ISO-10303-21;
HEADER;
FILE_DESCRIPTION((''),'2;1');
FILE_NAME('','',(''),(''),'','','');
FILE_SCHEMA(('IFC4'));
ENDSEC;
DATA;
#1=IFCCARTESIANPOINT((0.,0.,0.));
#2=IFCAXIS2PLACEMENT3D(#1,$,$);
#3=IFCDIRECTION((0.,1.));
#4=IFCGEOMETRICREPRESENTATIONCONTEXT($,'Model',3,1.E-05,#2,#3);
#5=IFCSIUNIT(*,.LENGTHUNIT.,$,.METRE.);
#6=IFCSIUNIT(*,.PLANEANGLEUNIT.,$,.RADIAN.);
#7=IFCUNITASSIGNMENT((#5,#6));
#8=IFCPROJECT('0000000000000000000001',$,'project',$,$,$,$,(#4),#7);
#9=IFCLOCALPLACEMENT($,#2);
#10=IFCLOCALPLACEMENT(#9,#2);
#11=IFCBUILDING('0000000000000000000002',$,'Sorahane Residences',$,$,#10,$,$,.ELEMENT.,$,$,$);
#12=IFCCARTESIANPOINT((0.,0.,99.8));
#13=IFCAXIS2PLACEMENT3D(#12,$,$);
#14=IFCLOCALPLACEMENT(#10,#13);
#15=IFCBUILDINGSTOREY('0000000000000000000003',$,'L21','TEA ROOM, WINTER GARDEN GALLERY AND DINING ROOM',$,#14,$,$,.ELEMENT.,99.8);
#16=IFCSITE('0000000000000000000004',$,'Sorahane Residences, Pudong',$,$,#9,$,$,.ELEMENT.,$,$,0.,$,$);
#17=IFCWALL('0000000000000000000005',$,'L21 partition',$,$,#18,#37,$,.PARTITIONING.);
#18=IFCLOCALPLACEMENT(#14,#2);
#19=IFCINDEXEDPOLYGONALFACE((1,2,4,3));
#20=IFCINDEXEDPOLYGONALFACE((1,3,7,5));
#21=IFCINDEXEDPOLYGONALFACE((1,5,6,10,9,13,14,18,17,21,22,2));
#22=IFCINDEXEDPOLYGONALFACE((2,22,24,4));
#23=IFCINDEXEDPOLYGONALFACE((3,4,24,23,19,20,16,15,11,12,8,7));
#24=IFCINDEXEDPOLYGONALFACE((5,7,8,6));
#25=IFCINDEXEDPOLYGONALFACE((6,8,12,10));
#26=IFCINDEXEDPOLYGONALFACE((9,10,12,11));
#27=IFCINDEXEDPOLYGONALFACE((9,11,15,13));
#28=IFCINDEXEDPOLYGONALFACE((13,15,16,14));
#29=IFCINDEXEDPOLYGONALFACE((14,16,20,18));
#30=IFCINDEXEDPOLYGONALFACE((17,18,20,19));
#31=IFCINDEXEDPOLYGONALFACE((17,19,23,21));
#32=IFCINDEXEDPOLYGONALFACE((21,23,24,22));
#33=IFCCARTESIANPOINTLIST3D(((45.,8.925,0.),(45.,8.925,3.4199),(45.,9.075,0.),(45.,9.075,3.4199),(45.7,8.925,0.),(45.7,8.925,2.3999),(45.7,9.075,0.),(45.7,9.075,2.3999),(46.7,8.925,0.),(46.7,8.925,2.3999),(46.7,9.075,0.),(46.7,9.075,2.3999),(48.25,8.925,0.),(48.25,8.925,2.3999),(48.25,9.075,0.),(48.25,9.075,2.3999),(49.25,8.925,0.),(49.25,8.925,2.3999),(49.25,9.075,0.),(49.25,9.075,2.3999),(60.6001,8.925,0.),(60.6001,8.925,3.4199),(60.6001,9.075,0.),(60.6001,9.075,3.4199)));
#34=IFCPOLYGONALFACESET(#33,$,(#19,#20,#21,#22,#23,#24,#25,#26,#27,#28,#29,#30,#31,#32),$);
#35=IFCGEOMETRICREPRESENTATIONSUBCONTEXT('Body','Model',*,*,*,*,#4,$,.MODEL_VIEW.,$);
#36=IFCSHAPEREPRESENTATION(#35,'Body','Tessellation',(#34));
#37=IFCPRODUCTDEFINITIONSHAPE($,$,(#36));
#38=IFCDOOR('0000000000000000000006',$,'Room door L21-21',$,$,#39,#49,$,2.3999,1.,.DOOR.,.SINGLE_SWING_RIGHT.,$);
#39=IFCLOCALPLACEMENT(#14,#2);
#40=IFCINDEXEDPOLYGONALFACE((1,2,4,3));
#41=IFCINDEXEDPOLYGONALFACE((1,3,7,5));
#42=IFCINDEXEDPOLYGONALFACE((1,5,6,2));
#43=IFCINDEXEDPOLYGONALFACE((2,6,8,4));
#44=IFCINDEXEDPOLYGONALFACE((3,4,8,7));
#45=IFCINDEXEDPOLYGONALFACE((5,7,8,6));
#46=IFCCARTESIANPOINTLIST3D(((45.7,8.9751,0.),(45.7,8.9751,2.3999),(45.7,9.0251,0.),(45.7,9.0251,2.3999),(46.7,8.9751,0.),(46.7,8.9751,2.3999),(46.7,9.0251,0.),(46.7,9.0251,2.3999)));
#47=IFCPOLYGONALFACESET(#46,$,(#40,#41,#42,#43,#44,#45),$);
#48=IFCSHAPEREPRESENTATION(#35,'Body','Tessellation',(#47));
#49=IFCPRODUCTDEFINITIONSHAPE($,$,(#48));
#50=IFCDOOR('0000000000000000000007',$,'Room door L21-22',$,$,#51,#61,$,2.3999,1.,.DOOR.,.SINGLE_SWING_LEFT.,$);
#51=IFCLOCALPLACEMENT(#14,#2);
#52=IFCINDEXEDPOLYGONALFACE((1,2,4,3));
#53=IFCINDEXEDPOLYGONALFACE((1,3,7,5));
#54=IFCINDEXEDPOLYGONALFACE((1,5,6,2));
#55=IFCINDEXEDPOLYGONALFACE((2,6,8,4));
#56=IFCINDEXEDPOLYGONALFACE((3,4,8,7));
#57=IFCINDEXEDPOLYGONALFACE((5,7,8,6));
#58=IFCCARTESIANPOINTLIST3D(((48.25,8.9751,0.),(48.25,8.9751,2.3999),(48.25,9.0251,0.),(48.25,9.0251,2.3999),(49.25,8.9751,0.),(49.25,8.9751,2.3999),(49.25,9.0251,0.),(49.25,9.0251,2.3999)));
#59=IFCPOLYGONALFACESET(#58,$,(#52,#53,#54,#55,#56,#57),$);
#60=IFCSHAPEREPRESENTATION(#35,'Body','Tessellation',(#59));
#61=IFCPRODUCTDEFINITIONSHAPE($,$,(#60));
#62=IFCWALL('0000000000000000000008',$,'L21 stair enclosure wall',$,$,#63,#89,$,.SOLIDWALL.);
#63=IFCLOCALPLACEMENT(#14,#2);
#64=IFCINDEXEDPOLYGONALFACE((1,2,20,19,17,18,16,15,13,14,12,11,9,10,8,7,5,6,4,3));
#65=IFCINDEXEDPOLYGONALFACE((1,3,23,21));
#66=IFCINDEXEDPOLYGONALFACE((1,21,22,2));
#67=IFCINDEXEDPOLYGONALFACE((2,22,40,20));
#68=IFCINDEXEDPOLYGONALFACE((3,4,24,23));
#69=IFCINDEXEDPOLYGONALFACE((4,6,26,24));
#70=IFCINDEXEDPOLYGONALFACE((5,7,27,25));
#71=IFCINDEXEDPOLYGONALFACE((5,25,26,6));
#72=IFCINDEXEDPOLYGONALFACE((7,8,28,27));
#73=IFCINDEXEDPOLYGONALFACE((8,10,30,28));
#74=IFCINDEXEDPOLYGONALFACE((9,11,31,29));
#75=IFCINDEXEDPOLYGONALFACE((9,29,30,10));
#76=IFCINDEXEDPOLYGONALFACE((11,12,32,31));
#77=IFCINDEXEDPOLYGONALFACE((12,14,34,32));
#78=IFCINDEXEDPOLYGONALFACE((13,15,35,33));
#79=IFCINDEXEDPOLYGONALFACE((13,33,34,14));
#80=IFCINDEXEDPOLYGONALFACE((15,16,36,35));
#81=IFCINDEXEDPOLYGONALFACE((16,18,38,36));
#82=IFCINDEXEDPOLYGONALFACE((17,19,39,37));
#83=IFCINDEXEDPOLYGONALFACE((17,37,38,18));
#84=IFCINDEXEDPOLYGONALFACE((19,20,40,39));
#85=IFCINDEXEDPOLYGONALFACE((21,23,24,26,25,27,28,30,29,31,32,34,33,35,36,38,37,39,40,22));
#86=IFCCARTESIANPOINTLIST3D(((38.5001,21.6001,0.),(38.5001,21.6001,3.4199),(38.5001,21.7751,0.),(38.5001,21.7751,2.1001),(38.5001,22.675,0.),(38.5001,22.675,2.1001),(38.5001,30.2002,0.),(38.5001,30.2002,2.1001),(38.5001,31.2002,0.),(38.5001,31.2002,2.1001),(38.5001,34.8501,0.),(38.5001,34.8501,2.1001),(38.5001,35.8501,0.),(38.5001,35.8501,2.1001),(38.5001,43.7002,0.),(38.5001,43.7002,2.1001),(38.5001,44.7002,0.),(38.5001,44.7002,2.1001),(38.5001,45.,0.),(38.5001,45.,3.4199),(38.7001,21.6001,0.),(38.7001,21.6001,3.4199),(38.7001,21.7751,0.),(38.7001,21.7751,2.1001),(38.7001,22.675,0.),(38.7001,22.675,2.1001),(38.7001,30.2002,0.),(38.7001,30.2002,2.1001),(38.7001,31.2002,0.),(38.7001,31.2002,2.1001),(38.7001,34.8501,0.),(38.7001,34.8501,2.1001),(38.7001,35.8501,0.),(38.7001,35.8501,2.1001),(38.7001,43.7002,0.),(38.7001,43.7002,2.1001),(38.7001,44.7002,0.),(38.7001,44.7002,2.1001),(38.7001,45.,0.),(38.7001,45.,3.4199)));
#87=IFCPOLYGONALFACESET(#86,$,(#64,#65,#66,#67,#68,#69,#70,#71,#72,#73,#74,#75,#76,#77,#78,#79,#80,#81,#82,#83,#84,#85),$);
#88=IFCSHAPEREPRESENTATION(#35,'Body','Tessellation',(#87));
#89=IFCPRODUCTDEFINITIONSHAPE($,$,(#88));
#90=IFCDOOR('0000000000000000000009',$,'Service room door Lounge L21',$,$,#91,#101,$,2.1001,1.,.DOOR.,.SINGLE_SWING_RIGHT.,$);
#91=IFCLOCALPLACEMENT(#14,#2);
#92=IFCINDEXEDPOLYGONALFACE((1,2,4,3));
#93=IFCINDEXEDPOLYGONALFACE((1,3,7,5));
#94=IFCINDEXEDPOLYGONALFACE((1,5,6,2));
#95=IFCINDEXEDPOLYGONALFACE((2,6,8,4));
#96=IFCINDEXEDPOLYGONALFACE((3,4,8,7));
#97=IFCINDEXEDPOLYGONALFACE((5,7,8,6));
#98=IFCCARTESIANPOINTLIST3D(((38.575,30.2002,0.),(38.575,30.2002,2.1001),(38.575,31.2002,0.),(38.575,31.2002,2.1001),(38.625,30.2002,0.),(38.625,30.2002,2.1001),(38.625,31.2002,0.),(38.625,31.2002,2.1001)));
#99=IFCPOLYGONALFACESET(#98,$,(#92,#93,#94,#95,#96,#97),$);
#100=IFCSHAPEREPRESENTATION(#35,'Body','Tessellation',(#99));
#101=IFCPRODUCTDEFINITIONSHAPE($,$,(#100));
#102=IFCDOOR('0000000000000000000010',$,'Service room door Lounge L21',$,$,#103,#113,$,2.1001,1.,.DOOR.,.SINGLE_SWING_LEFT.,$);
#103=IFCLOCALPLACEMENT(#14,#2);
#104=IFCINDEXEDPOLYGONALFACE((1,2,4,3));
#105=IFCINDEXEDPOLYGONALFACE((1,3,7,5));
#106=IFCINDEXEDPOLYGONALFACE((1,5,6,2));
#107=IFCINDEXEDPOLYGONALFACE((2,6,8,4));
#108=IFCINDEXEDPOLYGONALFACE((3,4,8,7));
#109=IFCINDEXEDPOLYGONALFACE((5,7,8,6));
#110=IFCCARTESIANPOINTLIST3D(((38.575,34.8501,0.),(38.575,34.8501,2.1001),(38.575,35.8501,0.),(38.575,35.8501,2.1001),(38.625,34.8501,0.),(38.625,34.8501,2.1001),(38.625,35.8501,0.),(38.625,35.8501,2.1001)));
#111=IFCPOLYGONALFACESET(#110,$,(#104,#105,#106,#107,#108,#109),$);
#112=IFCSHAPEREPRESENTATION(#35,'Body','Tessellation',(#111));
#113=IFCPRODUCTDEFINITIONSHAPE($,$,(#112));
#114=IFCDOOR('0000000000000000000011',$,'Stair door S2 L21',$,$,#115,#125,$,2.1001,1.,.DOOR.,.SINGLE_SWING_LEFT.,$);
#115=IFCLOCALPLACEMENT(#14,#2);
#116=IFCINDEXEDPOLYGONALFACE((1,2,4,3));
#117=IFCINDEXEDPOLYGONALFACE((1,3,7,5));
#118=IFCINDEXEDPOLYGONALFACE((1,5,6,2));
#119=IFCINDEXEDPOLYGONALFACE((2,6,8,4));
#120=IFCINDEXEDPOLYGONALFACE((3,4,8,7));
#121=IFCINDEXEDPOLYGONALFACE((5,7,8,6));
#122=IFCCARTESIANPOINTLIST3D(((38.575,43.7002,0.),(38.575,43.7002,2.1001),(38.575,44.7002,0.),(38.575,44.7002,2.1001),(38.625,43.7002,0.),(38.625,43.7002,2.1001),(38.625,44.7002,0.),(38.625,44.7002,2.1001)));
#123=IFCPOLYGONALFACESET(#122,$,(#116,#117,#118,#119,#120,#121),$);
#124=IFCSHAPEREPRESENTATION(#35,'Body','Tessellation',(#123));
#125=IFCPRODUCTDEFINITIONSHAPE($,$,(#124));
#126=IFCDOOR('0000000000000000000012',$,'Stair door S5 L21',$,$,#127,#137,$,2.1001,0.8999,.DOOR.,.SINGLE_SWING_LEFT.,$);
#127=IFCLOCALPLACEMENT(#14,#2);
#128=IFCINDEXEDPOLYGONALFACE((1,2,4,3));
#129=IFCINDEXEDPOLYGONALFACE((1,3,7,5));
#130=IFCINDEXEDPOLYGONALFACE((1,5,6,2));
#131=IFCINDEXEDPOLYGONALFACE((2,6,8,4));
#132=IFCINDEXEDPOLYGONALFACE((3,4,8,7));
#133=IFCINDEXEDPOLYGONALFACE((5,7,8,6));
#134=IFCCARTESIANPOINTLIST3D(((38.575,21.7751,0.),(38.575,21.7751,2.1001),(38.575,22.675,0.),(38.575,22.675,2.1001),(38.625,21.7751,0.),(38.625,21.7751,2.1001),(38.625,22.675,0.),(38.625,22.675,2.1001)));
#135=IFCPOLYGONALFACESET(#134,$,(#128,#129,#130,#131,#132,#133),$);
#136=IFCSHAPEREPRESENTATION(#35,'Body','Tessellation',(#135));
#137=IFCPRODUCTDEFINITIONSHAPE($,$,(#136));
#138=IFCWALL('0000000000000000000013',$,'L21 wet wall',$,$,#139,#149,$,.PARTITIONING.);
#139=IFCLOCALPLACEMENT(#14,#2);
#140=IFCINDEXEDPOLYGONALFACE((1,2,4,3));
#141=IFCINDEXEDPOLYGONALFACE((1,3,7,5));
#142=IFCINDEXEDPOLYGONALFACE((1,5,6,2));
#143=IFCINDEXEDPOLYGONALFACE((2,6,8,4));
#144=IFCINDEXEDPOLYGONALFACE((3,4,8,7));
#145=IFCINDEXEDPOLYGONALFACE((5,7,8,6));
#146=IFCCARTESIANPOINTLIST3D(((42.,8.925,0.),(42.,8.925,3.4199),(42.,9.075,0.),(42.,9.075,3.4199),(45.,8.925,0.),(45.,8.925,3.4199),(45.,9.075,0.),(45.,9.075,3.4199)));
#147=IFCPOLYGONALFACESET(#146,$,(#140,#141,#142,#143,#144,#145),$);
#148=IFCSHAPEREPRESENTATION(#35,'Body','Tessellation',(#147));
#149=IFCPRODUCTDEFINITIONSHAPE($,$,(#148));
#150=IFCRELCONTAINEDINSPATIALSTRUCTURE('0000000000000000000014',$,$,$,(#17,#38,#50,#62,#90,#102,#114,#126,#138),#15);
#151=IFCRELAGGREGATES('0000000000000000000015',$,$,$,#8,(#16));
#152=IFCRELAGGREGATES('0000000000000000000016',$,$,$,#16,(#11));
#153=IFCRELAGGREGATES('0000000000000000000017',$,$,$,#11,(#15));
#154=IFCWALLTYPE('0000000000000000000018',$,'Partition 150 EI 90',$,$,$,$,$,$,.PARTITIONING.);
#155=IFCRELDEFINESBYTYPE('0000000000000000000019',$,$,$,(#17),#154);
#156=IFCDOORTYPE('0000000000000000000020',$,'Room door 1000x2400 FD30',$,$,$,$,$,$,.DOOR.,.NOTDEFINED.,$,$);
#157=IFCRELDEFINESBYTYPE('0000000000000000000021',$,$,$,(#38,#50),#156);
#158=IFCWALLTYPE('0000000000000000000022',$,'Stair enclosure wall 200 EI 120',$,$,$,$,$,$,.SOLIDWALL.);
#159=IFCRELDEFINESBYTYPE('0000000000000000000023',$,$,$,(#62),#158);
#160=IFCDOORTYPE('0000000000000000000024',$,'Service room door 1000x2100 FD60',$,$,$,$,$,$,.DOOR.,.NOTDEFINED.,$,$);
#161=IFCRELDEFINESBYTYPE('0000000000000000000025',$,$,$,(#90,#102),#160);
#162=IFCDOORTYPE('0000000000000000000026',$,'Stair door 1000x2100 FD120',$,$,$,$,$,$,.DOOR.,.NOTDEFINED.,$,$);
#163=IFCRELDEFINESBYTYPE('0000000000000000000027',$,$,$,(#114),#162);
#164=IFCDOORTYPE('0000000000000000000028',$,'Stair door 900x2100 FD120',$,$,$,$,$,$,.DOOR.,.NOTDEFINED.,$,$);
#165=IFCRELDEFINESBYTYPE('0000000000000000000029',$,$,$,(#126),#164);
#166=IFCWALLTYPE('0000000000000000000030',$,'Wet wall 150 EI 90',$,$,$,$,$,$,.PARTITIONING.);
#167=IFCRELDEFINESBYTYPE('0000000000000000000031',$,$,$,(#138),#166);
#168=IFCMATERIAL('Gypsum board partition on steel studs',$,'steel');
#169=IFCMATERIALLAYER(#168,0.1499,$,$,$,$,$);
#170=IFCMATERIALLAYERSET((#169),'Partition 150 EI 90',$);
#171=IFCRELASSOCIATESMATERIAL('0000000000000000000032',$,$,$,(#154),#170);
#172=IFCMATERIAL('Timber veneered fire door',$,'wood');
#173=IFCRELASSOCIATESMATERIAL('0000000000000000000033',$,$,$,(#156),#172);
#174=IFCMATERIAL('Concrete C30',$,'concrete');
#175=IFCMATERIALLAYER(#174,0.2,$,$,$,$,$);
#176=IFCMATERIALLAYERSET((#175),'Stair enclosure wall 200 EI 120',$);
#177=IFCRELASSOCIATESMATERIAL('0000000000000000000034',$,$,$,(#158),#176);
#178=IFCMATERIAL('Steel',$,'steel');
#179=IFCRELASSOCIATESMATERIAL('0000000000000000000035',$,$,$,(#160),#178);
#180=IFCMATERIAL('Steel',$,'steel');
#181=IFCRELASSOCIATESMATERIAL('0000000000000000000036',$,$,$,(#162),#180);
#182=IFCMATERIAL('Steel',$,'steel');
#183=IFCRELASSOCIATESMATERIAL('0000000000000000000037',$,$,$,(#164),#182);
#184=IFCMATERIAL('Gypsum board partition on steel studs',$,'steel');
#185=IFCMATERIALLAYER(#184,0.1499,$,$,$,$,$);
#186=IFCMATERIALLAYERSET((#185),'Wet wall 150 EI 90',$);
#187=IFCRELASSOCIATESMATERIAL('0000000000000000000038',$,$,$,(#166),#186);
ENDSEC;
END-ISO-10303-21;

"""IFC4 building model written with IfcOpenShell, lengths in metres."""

from ifc_helpers import new_model, si_unit, direction, frame, frame_2d, origin, place, context, subcontext, project, spatial, rectangle, extrude, material, layer, layer_set, type_object, element, fill, save


model = new_model("IFC4")

# Units and contexts
model_context = context("Model", 3, precision=1e-05, world=origin(), true_north=direction((0.0, 1.0)))
body_context = subcontext(model_context, "Body", "Model", "MODEL_VIEW")
ifc_project = project(units=[si_unit("LENGTHUNIT", "METRE"), si_unit("PLANEANGLEUNIT", "RADIAN")], contexts=[model_context])

# Site, building, storey
site_placement = place(None, origin())
site = spatial("IfcSite", under=ifc_project, at=site_placement, Name="Sorahane Residences, Pudong", CompositionType="ELEMENT", RefElevation=0.0)
building_placement = place(site_placement, origin())
building = spatial("IfcBuilding", under=site, at=building_placement, Name="Sorahane Residences", CompositionType="ELEMENT")
storey_placement = place(building_placement, frame((0.0, 0.0, 99.8)))
storey = spatial("IfcBuildingStorey", under=building, at=storey_placement, Name="L21", Description="TEA ROOM, WINTER GARDEN GALLERY AND DINING ROOM", CompositionType="ELEMENT", Elevation=99.8)

# Shared definitions
ifc_material_1 = material(Name="Gypsum board partition on steel studs", Category="steel")
ifc_layer_1 = layer(ifc_material_1, 0.1499)
ifc_layer_set_1 = layer_set([ifc_layer_1], Name="Partition 150 EI 90")
wall_type_1 = type_object("IfcWallType", Name="Partition 150 EI 90", PredefinedType="PARTITIONING", material=ifc_layer_set_1)

# Walls, openings, doors
wall_1_placement = place(storey_placement, frame((45.0, 9.0, 0.0), z_axis=(0.0, 0.0, 1.0), x_axis=(1.0, 0.0, 0.0)))
wall_1 = element("IfcWall", 1, at=wall_1_placement, inside=storey, type_object=wall_type_1, Name="L21 partition", PredefinedType="PARTITIONING", context=body_context, shape_type="SweptSolid", body=[
    extrude(rectangle(XDim=15.6001, YDim=0.1499, at=frame_2d((7.8, 0.0))), origin(), (0.0, 0.0, 1.0), 3.4199),
])
opening_1_placement = place(wall_1_placement, frame((0.7, 0.0, 0.0)))
opening_1 = element("IfcOpeningElement", 2, at=opening_1_placement, cuts=wall_1, PredefinedType="OPENING", context=body_context, shape_type="SweptSolid", body=[
    extrude(rectangle(XDim=1.0, YDim=2.3999, at=frame_2d((0.5, 1.2))), frame((0.0, 0.085, 0.0), z_axis=(0.0, -1.0, 0.0), x_axis=(1.0, 0.0, 0.0)), (0.0, 0.0, 1.0), 0.1699),
])
opening_2_placement = place(wall_1_placement, frame((3.25, 0.0, 0.0)))
opening_2 = element("IfcOpeningElement", 3, at=opening_2_placement, cuts=wall_1, PredefinedType="OPENING", context=body_context, shape_type="SweptSolid", body=[
    extrude(rectangle(XDim=1.0, YDim=2.3999, at=frame_2d((0.5, 1.2))), frame((0.0, 0.085, 0.0), z_axis=(0.0, -1.0, 0.0), x_axis=(1.0, 0.0, 0.0)), (0.0, 0.0, 1.0), 0.1699),
])
ifc_material_2 = material(Name="Timber veneered fire door", Category="wood")
door_type_1 = type_object("IfcDoorType", Name="Room door 1000x2400 FD30", OperationType="NOTDEFINED", PredefinedType="DOOR", material=ifc_material_2)
door_1_placement = place(opening_1_placement, frame((1.0, 0.0, 0.0), z_axis=(0.0, 0.0, 1.0), x_axis=(-1.0, 0.0, 0.0)))
door_1 = element("IfcDoor", 4, at=door_1_placement, inside=storey, type_object=door_type_1, Name="Room door L21-21", OperationType="SINGLE_SWING_RIGHT", OverallHeight=2.3999, OverallWidth=1.0, PredefinedType="DOOR", context=body_context, shape_type="SweptSolid", body=[
    extrude(rectangle(XDim=1.0, YDim=2.3999, at=frame_2d((0.5, 1.2))), frame((0.0, 0.0249, 0.0), z_axis=(0.0, -1.0, 0.0), x_axis=(1.0, 0.0, 0.0)), (0.0, 0.0, 1.0), 0.05),
])
fill(opening_1, door_1)
door_2_placement = place(opening_2_placement, frame((1.0, 0.0, 0.0), z_axis=(0.0, 0.0, 1.0), x_axis=(-1.0, 0.0, 0.0)))
door_2 = element("IfcDoor", 5, at=door_2_placement, inside=storey, type_object=door_type_1, Name="Room door L21-22", OperationType="SINGLE_SWING_LEFT", OverallHeight=2.3999, OverallWidth=1.0, PredefinedType="DOOR", context=body_context, shape_type="SweptSolid", body=[
    extrude(rectangle(XDim=1.0, YDim=2.3999, at=frame_2d((0.5, 1.2))), frame((0.0, 0.0249, 0.0), z_axis=(0.0, -1.0, 0.0), x_axis=(1.0, 0.0, 0.0)), (0.0, 0.0, 1.0), 0.05),
])
fill(opening_2, door_2)
ifc_material_3 = material(Name="Concrete C30", Category="concrete")
ifc_layer_2 = layer(ifc_material_3, 0.2)
ifc_layer_set_2 = layer_set([ifc_layer_2], Name="Stair enclosure wall 200 EI 120")
wall_type_2 = type_object("IfcWallType", Name="Stair enclosure wall 200 EI 120", PredefinedType="SOLIDWALL", material=ifc_layer_set_2)
wall_2_placement = place(storey_placement, frame((38.6001, 21.6001, 0.0), z_axis=(0.0, 0.0, 1.0), x_axis=(0.0, 1.0, 0.0)))
wall_2 = element("IfcWall", 6, at=wall_2_placement, inside=storey, type_object=wall_type_2, Name="L21 stair enclosure wall", PredefinedType="SOLIDWALL", context=body_context, shape_type="SweptSolid", body=[
    extrude(rectangle(XDim=23.3999, YDim=0.2, at=frame_2d((11.7, 0.0))), origin(), (0.0, 0.0, 1.0), 3.4199),
])
opening_3_placement = place(wall_2_placement, frame((8.6001, 0.0, 0.0)))
opening_3 = element("IfcOpeningElement", 7, at=opening_3_placement, cuts=wall_2, PredefinedType="OPENING", context=body_context, shape_type="SweptSolid", body=[
    extrude(rectangle(XDim=1.0, YDim=2.1001, at=frame_2d((0.5, 1.05))), frame((0.0, 0.1099, 0.0), z_axis=(0.0, -1.0, 0.0), x_axis=(1.0, 0.0, 0.0)), (0.0, 0.0, 1.0), 0.22),
])
opening_4_placement = place(wall_2_placement, frame((13.25, 0.0, 0.0)))
opening_4 = element("IfcOpeningElement", 8, at=opening_4_placement, cuts=wall_2, PredefinedType="OPENING", context=body_context, shape_type="SweptSolid", body=[
    extrude(rectangle(XDim=1.0, YDim=2.1001, at=frame_2d((0.5, 1.05))), frame((0.0, 0.1099, 0.0), z_axis=(0.0, -1.0, 0.0), x_axis=(1.0, 0.0, 0.0)), (0.0, 0.0, 1.0), 0.22),
])
opening_5_placement = place(wall_2_placement, frame((22.1001, 0.0, 0.0)))
opening_5 = element("IfcOpeningElement", 9, at=opening_5_placement, cuts=wall_2, PredefinedType="OPENING", context=body_context, shape_type="SweptSolid", body=[
    extrude(rectangle(XDim=1.0, YDim=2.1001, at=frame_2d((0.5, 1.05))), frame((0.0, 0.1099, 0.0), z_axis=(0.0, -1.0, 0.0), x_axis=(1.0, 0.0, 0.0)), (0.0, 0.0, 1.0), 0.22),
])
opening_6_placement = place(wall_2_placement, frame((0.175, 0.0, 0.0)))
opening_6 = element("IfcOpeningElement", 10, at=opening_6_placement, cuts=wall_2, PredefinedType="OPENING", context=body_context, shape_type="SweptSolid", body=[
    extrude(rectangle(XDim=0.8999, YDim=2.1001, at=frame_2d((0.45, 1.05))), frame((0.0, 0.1099, 0.0), z_axis=(0.0, -1.0, 0.0), x_axis=(1.0, 0.0, 0.0)), (0.0, 0.0, 1.0), 0.22),
])
ifc_material_4 = material(Name="Steel", Category="steel")
door_type_2 = type_object("IfcDoorType", Name="Service room door 1000x2100 FD60", OperationType="NOTDEFINED", PredefinedType="DOOR", material=ifc_material_4)
door_3_placement = place(opening_3_placement, frame((1.0, 0.0, 0.0), z_axis=(0.0, 0.0, 1.0), x_axis=(-1.0, 0.0, 0.0)))
door_3 = element("IfcDoor", 11, at=door_3_placement, inside=storey, type_object=door_type_2, Name="Service room door Lounge L21", OperationType="SINGLE_SWING_RIGHT", OverallHeight=2.1001, OverallWidth=1.0, PredefinedType="DOOR", context=body_context, shape_type="SweptSolid", body=[
    extrude(rectangle(XDim=1.0, YDim=2.1001, at=frame_2d((0.5, 1.05))), frame((0.0, 0.0249, 0.0), z_axis=(0.0, -1.0, 0.0), x_axis=(1.0, 0.0, 0.0)), (0.0, 0.0, 1.0), 0.05),
])
fill(opening_3, door_3)
door_4_placement = place(opening_4_placement, frame((1.0, 0.0, 0.0), z_axis=(0.0, 0.0, 1.0), x_axis=(-1.0, 0.0, 0.0)))
door_4 = element("IfcDoor", 12, at=door_4_placement, inside=storey, type_object=door_type_2, Name="Service room door Lounge L21", OperationType="SINGLE_SWING_LEFT", OverallHeight=2.1001, OverallWidth=1.0, PredefinedType="DOOR", context=body_context, shape_type="SweptSolid", body=[
    extrude(rectangle(XDim=1.0, YDim=2.1001, at=frame_2d((0.5, 1.05))), frame((0.0, 0.0249, 0.0), z_axis=(0.0, -1.0, 0.0), x_axis=(1.0, 0.0, 0.0)), (0.0, 0.0, 1.0), 0.05),
])
fill(opening_4, door_4)
ifc_material_5 = material(Name="Steel", Category="steel")
door_type_3 = type_object("IfcDoorType", Name="Stair door 1000x2100 FD120", OperationType="NOTDEFINED", PredefinedType="DOOR", material=ifc_material_5)
door_5_placement = place(opening_5_placement, frame((1.0, 0.0, 0.0), z_axis=(0.0, 0.0, 1.0), x_axis=(-1.0, 0.0, 0.0)))
door_5 = element("IfcDoor", 13, at=door_5_placement, inside=storey, type_object=door_type_3, Name="Stair door S2 L21", OperationType="SINGLE_SWING_LEFT", OverallHeight=2.1001, OverallWidth=1.0, PredefinedType="DOOR", context=body_context, shape_type="SweptSolid", body=[
    extrude(rectangle(XDim=1.0, YDim=2.1001, at=frame_2d((0.5, 1.05))), frame((0.0, 0.0249, 0.0), z_axis=(0.0, -1.0, 0.0), x_axis=(1.0, 0.0, 0.0)), (0.0, 0.0, 1.0), 0.05),
])
fill(opening_5, door_5)
ifc_material_6 = material(Name="Steel", Category="steel")
door_type_4 = type_object("IfcDoorType", Name="Stair door 900x2100 FD120", OperationType="NOTDEFINED", PredefinedType="DOOR", material=ifc_material_6)
door_6_placement = place(opening_6_placement, frame((0.8999, 0.0, 0.0), z_axis=(0.0, 0.0, 1.0), x_axis=(-1.0, 0.0, 0.0)))
door_6 = element("IfcDoor", 14, at=door_6_placement, inside=storey, type_object=door_type_4, Name="Stair door S5 L21", OperationType="SINGLE_SWING_LEFT", OverallHeight=2.1001, OverallWidth=0.8999, PredefinedType="DOOR", context=body_context, shape_type="SweptSolid", body=[
    extrude(rectangle(XDim=0.8999, YDim=2.1001, at=frame_2d((0.45, 1.05))), frame((0.0, 0.0249, 0.0), z_axis=(0.0, -1.0, 0.0), x_axis=(1.0, 0.0, 0.0)), (0.0, 0.0, 1.0), 0.05),
])
fill(opening_6, door_6)

# Wall
ifc_material_7 = material(Name="Gypsum board partition on steel studs", Category="steel")
ifc_layer_3 = layer(ifc_material_7, 0.1499)
ifc_layer_set_3 = layer_set([ifc_layer_3], Name="Wet wall 150 EI 90")
wall_type_3 = type_object("IfcWallType", Name="Wet wall 150 EI 90", PredefinedType="PARTITIONING", material=ifc_layer_set_3)
wall_3_placement = place(storey_placement, frame((42.0, 9.0, 0.0), z_axis=(0.0, 0.0, 1.0), x_axis=(1.0, 0.0, 0.0)))
element("IfcWall", 15, at=wall_3_placement, inside=storey, type_object=wall_type_3, Name="L21 wet wall", PredefinedType="PARTITIONING", context=body_context, shape_type="SweptSolid", body=[
    extrude(rectangle(XDim=3.0, YDim=0.1499, at=frame_2d((1.5, 0.0))), origin(), (0.0, 0.0, 1.0), 3.4199),
])

save(model, "model.ifc")
